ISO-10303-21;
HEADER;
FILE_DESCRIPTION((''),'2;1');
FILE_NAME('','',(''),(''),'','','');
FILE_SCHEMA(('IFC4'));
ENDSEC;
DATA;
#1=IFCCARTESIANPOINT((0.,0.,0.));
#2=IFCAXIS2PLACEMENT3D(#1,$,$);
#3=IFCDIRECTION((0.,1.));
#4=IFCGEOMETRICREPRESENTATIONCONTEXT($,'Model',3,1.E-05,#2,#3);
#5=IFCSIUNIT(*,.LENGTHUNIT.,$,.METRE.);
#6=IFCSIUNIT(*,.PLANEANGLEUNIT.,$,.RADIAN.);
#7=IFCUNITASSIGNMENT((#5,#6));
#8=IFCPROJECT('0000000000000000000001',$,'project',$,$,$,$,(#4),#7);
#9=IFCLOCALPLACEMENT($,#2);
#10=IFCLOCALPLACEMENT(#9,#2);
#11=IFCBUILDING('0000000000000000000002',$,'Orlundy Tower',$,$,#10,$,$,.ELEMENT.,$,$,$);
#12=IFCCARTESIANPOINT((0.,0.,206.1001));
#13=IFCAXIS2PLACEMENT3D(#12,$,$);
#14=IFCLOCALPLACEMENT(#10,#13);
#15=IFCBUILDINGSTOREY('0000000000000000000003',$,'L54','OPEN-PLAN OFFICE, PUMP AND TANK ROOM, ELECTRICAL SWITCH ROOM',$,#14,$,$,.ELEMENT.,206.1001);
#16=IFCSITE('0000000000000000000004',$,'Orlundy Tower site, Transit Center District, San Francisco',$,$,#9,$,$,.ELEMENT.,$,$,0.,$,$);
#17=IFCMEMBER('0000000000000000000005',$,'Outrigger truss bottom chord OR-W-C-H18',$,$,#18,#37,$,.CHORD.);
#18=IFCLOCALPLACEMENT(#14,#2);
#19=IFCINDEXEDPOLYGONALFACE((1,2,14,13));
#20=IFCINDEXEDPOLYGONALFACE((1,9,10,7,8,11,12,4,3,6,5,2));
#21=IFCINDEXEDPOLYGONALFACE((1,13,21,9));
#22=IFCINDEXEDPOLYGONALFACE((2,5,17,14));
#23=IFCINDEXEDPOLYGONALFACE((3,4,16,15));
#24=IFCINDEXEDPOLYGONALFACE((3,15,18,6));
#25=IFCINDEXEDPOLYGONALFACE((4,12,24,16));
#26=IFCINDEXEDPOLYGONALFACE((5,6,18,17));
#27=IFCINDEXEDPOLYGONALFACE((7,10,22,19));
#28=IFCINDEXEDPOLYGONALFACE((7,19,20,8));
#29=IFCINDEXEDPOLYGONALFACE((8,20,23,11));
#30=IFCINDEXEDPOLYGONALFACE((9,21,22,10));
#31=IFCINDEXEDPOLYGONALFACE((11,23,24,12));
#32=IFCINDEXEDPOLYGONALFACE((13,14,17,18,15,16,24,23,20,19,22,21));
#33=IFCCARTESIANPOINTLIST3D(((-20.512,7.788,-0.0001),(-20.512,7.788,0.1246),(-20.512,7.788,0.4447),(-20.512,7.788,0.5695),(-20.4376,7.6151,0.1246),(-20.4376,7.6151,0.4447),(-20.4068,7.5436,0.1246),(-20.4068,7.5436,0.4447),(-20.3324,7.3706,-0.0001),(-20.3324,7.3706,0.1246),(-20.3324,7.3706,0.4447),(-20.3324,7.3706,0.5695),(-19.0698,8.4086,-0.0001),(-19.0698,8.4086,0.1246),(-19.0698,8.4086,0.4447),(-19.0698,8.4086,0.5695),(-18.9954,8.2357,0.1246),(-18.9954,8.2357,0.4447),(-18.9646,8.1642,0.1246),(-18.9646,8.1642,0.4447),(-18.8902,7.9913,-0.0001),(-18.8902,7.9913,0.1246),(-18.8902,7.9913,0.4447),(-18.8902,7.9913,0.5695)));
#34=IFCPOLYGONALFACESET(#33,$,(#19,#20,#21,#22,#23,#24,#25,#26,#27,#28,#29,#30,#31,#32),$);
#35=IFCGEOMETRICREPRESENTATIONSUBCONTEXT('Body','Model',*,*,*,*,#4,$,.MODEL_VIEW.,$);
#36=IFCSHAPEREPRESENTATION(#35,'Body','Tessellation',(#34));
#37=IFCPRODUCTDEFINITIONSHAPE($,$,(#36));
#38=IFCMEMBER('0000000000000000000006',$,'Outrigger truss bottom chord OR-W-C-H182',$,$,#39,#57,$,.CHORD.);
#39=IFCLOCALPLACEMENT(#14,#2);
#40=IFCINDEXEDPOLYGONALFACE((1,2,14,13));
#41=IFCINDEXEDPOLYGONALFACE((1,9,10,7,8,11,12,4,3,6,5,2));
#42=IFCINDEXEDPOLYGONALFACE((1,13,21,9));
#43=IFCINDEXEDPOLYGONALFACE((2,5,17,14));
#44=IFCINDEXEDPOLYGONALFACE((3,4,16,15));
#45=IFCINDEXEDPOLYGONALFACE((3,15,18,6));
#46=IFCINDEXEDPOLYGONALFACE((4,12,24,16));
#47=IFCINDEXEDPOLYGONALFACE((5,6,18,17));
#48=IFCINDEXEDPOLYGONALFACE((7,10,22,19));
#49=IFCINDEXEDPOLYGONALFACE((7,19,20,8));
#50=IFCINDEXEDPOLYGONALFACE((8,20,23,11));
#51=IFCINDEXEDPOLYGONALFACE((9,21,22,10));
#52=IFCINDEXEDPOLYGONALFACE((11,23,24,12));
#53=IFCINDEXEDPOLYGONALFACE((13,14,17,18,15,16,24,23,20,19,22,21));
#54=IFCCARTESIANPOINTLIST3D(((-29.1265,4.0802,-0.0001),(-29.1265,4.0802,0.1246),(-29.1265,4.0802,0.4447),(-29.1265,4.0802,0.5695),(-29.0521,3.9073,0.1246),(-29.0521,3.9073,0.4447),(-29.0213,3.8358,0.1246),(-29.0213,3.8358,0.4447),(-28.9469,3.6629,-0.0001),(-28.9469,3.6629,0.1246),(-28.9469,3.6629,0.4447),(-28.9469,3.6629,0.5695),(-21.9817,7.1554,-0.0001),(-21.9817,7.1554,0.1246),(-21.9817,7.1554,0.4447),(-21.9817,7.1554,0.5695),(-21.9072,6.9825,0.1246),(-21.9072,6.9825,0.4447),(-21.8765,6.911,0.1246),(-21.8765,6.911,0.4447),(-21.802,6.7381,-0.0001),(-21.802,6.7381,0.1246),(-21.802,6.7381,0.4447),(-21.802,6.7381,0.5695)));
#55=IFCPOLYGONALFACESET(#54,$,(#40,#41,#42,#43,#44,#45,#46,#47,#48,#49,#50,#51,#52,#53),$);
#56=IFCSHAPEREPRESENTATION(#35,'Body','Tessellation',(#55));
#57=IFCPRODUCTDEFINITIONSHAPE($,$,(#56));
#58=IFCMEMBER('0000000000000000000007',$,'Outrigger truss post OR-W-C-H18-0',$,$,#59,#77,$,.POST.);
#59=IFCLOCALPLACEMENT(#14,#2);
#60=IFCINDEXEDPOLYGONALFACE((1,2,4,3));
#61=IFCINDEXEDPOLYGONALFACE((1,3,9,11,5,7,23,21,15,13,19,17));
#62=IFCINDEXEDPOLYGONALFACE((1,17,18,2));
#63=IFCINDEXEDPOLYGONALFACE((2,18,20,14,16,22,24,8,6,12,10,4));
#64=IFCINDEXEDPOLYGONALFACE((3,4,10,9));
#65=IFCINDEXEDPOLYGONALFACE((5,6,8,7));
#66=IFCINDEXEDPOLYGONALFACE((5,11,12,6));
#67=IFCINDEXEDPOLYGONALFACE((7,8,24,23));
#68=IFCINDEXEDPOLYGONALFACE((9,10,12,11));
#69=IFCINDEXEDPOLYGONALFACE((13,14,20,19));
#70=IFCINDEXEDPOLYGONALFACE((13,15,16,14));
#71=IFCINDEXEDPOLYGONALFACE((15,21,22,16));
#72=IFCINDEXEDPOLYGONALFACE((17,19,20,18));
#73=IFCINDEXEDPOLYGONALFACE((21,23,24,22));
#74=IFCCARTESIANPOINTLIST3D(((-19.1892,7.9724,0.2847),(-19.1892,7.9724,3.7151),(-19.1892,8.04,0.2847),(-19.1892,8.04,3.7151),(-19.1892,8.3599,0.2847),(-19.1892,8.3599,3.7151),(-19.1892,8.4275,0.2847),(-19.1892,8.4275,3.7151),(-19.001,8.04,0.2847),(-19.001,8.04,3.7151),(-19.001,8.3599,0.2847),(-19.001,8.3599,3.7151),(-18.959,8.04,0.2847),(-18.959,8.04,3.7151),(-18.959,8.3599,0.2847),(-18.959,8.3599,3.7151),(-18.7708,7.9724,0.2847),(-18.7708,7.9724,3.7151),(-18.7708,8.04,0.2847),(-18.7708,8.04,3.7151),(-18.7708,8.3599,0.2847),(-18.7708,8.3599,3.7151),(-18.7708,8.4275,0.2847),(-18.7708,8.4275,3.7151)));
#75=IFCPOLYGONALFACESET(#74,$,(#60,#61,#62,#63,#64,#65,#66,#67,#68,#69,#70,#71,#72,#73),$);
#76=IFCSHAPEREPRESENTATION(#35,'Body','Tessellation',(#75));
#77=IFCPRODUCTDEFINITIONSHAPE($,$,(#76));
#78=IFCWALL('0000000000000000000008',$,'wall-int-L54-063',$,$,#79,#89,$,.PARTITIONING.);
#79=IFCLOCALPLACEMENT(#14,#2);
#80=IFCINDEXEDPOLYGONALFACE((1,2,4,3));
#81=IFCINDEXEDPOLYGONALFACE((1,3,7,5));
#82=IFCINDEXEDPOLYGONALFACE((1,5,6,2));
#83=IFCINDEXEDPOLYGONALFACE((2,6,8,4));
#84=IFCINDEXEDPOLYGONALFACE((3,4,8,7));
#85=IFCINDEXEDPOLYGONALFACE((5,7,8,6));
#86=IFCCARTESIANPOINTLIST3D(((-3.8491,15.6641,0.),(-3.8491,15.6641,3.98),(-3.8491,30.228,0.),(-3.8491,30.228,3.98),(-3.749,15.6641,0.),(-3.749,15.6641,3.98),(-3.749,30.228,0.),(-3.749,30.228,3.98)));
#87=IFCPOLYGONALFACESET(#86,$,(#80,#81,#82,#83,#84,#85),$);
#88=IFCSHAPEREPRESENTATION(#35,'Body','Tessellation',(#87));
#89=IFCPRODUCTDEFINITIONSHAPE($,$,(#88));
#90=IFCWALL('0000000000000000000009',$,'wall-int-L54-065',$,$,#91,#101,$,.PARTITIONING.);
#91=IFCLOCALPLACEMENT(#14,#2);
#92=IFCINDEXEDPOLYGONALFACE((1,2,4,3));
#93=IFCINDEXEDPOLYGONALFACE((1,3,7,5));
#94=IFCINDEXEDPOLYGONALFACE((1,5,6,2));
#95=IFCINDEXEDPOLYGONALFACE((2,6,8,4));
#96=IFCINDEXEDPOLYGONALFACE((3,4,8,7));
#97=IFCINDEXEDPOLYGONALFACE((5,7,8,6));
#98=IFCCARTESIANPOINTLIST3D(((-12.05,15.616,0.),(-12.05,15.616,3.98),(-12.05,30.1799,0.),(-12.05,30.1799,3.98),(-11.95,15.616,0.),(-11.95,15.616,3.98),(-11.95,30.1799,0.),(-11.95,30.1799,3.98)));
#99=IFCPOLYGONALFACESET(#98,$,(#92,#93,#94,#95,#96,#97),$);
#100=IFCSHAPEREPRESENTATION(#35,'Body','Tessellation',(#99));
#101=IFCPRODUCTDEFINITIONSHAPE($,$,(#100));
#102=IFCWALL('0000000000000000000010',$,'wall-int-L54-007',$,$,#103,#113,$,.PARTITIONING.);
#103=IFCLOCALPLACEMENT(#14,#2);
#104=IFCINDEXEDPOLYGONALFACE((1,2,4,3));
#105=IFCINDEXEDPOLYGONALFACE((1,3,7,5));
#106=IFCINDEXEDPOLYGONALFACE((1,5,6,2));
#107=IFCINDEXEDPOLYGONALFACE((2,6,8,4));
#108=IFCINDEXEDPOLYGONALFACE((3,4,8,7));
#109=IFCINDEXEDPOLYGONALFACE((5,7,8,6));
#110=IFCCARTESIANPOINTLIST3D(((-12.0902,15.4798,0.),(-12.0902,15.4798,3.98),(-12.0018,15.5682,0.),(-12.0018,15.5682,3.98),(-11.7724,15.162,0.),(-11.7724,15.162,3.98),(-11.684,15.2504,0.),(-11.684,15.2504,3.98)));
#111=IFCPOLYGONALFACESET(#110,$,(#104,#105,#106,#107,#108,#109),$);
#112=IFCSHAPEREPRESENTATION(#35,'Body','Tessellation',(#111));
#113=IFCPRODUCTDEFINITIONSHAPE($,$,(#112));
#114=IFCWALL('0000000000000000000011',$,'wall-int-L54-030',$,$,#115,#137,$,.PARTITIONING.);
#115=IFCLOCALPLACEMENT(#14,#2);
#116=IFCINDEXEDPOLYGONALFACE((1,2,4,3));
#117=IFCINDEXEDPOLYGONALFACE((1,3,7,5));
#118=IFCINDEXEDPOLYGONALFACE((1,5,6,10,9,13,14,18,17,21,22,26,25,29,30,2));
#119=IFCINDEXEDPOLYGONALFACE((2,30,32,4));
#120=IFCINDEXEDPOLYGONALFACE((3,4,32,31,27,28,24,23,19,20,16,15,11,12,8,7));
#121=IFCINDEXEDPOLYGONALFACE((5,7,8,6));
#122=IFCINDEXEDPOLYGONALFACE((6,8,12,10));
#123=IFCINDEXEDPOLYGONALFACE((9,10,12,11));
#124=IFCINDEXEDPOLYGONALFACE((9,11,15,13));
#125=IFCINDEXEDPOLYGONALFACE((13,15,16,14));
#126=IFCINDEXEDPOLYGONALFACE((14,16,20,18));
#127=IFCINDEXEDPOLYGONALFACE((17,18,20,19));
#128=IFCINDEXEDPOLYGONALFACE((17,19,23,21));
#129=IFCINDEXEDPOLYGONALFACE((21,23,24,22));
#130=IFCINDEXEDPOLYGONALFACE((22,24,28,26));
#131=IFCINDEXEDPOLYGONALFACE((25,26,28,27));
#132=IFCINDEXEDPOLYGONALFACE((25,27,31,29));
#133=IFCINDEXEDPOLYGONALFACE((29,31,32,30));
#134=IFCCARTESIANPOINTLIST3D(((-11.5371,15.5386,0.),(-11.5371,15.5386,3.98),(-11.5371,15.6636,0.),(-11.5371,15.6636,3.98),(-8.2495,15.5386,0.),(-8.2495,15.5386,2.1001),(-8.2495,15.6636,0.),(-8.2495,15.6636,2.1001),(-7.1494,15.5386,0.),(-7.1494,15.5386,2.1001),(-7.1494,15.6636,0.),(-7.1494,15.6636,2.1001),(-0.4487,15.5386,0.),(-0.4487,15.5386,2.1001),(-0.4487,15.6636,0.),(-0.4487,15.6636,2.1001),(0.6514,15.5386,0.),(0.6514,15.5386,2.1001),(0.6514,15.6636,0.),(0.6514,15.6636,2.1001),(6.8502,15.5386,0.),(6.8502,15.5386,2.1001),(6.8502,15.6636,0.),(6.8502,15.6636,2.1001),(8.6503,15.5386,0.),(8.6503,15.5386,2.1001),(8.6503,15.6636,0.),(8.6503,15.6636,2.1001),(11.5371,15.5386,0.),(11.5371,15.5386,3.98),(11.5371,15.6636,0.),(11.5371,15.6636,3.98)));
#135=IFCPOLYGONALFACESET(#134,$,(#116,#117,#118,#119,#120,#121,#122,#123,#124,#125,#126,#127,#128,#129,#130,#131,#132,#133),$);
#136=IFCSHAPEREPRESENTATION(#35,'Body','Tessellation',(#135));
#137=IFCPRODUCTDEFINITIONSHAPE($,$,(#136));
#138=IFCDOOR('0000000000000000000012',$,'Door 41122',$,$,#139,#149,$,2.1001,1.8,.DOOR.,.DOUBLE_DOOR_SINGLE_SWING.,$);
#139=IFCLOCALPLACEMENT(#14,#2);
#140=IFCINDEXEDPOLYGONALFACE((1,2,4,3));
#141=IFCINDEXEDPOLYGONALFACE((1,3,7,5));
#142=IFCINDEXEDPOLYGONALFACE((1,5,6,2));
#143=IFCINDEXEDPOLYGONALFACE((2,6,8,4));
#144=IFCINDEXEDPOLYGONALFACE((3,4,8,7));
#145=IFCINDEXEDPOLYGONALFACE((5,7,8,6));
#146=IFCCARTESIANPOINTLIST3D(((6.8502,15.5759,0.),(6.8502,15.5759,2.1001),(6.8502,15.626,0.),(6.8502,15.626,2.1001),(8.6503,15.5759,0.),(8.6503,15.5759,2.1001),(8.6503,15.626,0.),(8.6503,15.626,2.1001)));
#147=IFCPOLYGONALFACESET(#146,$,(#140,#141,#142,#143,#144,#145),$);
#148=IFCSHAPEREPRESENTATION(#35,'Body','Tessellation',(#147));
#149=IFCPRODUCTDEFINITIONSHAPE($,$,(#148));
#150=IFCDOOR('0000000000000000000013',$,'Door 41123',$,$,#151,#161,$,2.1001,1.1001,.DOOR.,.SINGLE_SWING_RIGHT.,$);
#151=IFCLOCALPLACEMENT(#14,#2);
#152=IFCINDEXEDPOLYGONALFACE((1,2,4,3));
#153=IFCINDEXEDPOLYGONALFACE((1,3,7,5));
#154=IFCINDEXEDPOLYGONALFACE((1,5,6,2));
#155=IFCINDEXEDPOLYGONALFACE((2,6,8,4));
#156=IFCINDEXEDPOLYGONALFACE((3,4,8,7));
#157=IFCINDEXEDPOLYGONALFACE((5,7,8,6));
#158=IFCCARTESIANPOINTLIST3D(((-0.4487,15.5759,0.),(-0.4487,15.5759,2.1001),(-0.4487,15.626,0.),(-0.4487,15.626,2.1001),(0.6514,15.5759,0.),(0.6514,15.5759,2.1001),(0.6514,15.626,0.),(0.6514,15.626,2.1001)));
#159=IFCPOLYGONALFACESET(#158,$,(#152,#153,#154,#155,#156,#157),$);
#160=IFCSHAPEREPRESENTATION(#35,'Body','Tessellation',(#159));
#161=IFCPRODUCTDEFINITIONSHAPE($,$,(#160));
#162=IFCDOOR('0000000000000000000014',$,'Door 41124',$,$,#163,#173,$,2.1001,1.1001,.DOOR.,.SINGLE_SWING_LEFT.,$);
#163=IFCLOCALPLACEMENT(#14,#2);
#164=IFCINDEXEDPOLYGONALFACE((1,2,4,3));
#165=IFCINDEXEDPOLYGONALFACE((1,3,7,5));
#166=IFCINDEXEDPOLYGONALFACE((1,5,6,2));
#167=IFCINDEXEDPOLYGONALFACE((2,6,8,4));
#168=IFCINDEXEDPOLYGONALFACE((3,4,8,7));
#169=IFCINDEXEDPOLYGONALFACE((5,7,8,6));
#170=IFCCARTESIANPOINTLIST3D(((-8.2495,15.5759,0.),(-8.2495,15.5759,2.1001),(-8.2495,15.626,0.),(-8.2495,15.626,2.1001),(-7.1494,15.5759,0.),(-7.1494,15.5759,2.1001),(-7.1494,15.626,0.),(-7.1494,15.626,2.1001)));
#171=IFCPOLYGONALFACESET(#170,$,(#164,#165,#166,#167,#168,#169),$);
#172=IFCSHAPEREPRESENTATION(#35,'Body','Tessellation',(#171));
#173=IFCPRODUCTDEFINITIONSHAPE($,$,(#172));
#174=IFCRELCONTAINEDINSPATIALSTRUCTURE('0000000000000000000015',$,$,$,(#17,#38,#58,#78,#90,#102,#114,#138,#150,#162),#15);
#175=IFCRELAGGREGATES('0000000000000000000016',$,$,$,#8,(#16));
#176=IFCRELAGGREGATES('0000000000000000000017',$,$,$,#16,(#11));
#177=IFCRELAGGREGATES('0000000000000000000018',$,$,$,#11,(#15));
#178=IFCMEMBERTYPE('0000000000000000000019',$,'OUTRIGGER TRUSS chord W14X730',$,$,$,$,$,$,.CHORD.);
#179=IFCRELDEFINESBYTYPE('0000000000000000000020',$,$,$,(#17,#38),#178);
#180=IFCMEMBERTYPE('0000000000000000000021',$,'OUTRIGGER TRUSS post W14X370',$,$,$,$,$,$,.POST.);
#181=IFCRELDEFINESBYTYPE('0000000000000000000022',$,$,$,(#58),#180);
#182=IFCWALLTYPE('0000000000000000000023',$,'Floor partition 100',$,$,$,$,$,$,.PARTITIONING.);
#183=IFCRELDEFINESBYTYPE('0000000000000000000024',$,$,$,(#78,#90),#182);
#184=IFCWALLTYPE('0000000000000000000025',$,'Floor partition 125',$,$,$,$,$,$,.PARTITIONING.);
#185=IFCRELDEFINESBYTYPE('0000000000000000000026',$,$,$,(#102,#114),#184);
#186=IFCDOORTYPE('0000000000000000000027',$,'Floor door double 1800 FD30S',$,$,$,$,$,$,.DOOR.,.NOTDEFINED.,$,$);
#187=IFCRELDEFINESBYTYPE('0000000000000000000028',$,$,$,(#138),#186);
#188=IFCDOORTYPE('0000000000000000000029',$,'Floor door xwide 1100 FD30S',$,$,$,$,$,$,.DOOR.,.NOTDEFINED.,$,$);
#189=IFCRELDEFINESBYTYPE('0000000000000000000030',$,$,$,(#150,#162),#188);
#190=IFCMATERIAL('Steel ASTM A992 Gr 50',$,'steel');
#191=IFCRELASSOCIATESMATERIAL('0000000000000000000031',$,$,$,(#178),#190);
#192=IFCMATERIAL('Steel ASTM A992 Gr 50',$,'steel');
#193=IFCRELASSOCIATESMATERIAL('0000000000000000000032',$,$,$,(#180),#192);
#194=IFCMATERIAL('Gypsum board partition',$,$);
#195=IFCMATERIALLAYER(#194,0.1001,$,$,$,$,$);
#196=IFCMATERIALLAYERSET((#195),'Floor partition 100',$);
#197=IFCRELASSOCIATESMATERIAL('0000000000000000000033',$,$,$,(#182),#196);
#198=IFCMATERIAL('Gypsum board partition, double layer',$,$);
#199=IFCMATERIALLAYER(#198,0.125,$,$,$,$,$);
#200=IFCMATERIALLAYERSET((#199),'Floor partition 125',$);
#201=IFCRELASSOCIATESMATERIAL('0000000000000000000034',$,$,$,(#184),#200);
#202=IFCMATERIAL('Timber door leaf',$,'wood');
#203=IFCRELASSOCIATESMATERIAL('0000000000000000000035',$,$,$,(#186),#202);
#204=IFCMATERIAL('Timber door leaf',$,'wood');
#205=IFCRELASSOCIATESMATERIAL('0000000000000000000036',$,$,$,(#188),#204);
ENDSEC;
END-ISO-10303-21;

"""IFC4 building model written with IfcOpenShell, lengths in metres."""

from ifc_helpers import new_model, si_unit, direction, frame, frame_2d, origin, origin_2d, place, context, subcontext, project, spatial, rectangle, i_section, extrude, material, layer, layer_set, material_profile, profile_set, type_object, element, fill, save


model = new_model("IFC4")

# Units and contexts
model_context = context("Model", 3, precision=1e-05, world=origin(), true_north=direction((0.0, 1.0)))
body_context = subcontext(model_context, "Body", "Model", "MODEL_VIEW")
ifc_project = project(units=[si_unit("LENGTHUNIT", "METRE"), si_unit("PLANEANGLEUNIT", "RADIAN")], contexts=[model_context])

# Site, building, storey
site_placement = place(None, origin())
site = spatial("IfcSite", under=ifc_project, at=site_placement, Name="Orlundy Tower site, Transit Center District, San Francisco", CompositionType="ELEMENT", RefElevation=0.0)
building_placement = place(site_placement, origin())
building = spatial("IfcBuilding", under=site, at=building_placement, Name="Orlundy Tower", CompositionType="ELEMENT")
storey_placement = place(building_placement, frame((0.0, 0.0, 206.1001)))
storey = spatial("IfcBuildingStorey", under=building, at=storey_placement, Name="L54", Description="OPEN-PLAN OFFICE, PUMP AND TANK ROOM, ELECTRICAL SWITCH ROOM", CompositionType="ELEMENT", Elevation=206.1001)

# Members
ifc_material_1 = material(Name="Steel ASTM A992 Gr 50", Category="steel")
ifc_material_profile_1 = material_profile(ifc_material_1, i_section(OverallWidth=0.4543, OverallDepth=0.5696, WebThickness=0.0779, FlangeThickness=0.1248, at=origin_2d()), Name="W14X730")
ifc_profile_set_1 = profile_set([ifc_material_profile_1], Name="Steel ASTM A992 Gr 50")
member_type_1 = type_object("IfcMemberType", Name="OUTRIGGER TRUSS chord W14X730", PredefinedType="CHORD", material=ifc_profile_set_1)
member_1_placement = place(storey_placement, frame((-18.98, 8.2, 0.2847), z_axis=(-0.918557, -0.395289, 0.0), x_axis=(0.395289, -0.918557, 0.0)))
element("IfcMember", 1, at=member_1_placement, inside=storey, type_object=member_type_1, Name="Outrigger truss bottom chord OR-W-C-H18", PredefinedType="CHORD", context=body_context, shape_type="SweptSolid", body=[
    extrude(i_section(OverallWidth=0.4543, OverallDepth=0.5696, WebThickness=0.0779, FlangeThickness=0.1248, at=origin_2d()), origin(), (0.0, 0.0, 1.0), 1.5701),
])
member_2_placement = place(storey_placement, frame((-21.8918, 6.9468, 0.2847), z_axis=(-0.918532, -0.395347, 0.0), x_axis=(0.395347, -0.918532, 0.0)))
element("IfcMember", 2, at=member_2_placement, inside=storey, type_object=member_type_1, Name="Outrigger truss bottom chord OR-W-C-H182", PredefinedType="CHORD", context=body_context, shape_type="SweptSolid", body=[
    extrude(i_section(OverallWidth=0.4543, OverallDepth=0.5696, WebThickness=0.0779, FlangeThickness=0.1248, at=origin_2d()), origin(), (0.0, 0.0, 1.0), 7.7786),
])
ifc_material_2 = material(Name="Steel ASTM A992 Gr 50", Category="steel")
ifc_material_profile_2 = material_profile(ifc_material_2, i_section(OverallWidth=0.4185, OverallDepth=0.4551, WebThickness=0.042, FlangeThickness=0.0676, at=origin_2d()), Name="W14X370")
ifc_profile_set_2 = profile_set([ifc_material_profile_2], Name="Steel ASTM A992 Gr 50")
member_type_2 = type_object("IfcMemberType", Name="OUTRIGGER TRUSS post W14X370", PredefinedType="POST", material=ifc_profile_set_2)
member_3_placement = place(storey_placement, frame((-18.98, 8.2, 0.2847), z_axis=(0.0, 0.0, 1.0), x_axis=(1.0, 0.0, 0.0)))
element("IfcMember", 3, at=member_3_placement, inside=storey, type_object=member_type_2, Name="Outrigger truss post OR-W-C-H18-0", PredefinedType="POST", context=body_context, shape_type="SweptSolid", body=[
    extrude(i_section(OverallWidth=0.4185, OverallDepth=0.4551, WebThickness=0.042, FlangeThickness=0.0676, at=origin_2d()), origin(), (0.0, 0.0, 1.0), 3.4304),
])

# Walls
ifc_material_3 = material(Name="Gypsum board partition")
ifc_layer_1 = layer(ifc_material_3, 0.1001)
ifc_layer_set_1 = layer_set([ifc_layer_1], Name="Floor partition 100")
wall_type_1 = type_object("IfcWallType", Name="Floor partition 100", PredefinedType="PARTITIONING", material=ifc_layer_set_1)
for number, where, z_axis, x_axis, name in (
    (4, (-3.7991, 15.6641, 0.0), (0.0, 0.0, 1.0), (0.0, 1.0, 0.0), "wall-int-L54-063"),
    (5, (-12.0, 15.616, 0.0), (0.0, 0.0, 1.0), (0.0, 1.0, 0.0), "wall-int-L54-065"),
):
    element("IfcWall", number, at=place(storey_placement, frame(where, z_axis=z_axis, x_axis=x_axis)), inside=storey, type_object=wall_type_1, Name=name, PredefinedType="PARTITIONING", context=body_context, shape_type="SweptSolid", body=[
        extrude(rectangle(XDim=14.564, YDim=0.1001, at=frame_2d((7.282, 0.0))), origin(), (0.0, 0.0, 1.0), 3.98),
    ])
ifc_material_4 = material(Name="Gypsum board partition, double layer")
ifc_layer_2 = layer(ifc_material_4, 0.125)
ifc_layer_set_2 = layer_set([ifc_layer_2], Name="Floor partition 125")
wall_type_2 = type_object("IfcWallType", Name="Floor partition 125", PredefinedType="PARTITIONING", material=ifc_layer_set_2)
wall_1_placement = place(storey_placement, frame((-12.0459, 15.5239, 0.0), z_axis=(0.0, 0.0, 1.0), x_axis=(0.707107, -0.707107, 0.0)))
element("IfcWall", 6, at=wall_1_placement, inside=storey, type_object=wall_type_2, Name="wall-int-L54-007", PredefinedType="PARTITIONING", context=body_context, shape_type="SweptSolid", body=[
    extrude(rectangle(XDim=0.4495, YDim=0.125, at=frame_2d((0.2246, 0.0))), origin(), (0.0, 0.0, 1.0), 3.98),
])

# Wall, openings, doors
wall_2_placement = place(storey_placement, frame((-11.5371, 15.6011, 0.0), z_axis=(0.0, 0.0, 1.0), x_axis=(1.0, 0.0, 0.0)))
wall_2 = element("IfcWall", 7, at=wall_2_placement, inside=storey, type_object=wall_type_2, Name="wall-int-L54-030", PredefinedType="PARTITIONING", context=body_context, shape_type="SweptSolid", body=[
    extrude(rectangle(XDim=23.0742, YDim=0.125, at=frame_2d((11.5371, 0.0))), origin(), (0.0, 0.0, 1.0), 3.98),
])
opening_1_placement = place(wall_2_placement, frame((18.3875, 0.0, 0.0)))
opening_1 = element("IfcOpeningElement", 8, at=opening_1_placement, cuts=wall_2, PredefinedType="OPENING", context=body_context, shape_type="SweptSolid", body=[
    extrude(rectangle(XDim=1.8, YDim=2.1001, at=frame_2d((0.8999, 1.05))), frame((0.0, 0.0725, 0.0), z_axis=(0.0, -1.0, 0.0), x_axis=(1.0, 0.0, 0.0)), (0.0, 0.0, 1.0), 0.145),
])
opening_2_placement = place(wall_2_placement, frame((11.0884, 0.0, 0.0)))
opening_2 = element("IfcOpeningElement", 9, at=opening_2_placement, cuts=wall_2, PredefinedType="OPENING", context=body_context, shape_type="SweptSolid", body=[
    extrude(rectangle(XDim=1.1001, YDim=2.1001, at=frame_2d((0.55, 1.05))), frame((0.0, 0.0725, 0.0), z_axis=(0.0, -1.0, 0.0), x_axis=(1.0, 0.0, 0.0)), (0.0, 0.0, 1.0), 0.145),
])
opening_3_placement = place(wall_2_placement, frame((3.2876, 0.0, 0.0)))
opening_3 = element("IfcOpeningElement", 10, at=opening_3_placement, cuts=wall_2, PredefinedType="OPENING", context=body_context, shape_type="SweptSolid", body=[
    extrude(rectangle(XDim=1.1001, YDim=2.1001, at=frame_2d((0.55, 1.05))), frame((0.0, 0.0725, 0.0), z_axis=(0.0, -1.0, 0.0), x_axis=(1.0, 0.0, 0.0)), (0.0, 0.0, 1.0), 0.145),
])
ifc_material_5 = material(Name="Timber door leaf", Category="wood")
door_type_1 = type_object("IfcDoorType", Name="Floor door double 1800 FD30S", OperationType="NOTDEFINED", PredefinedType="DOOR", material=ifc_material_5)
door_1_placement = place(opening_1_placement, origin())
door_1 = element("IfcDoor", 11, at=door_1_placement, inside=storey, type_object=door_type_1, Name="Door 41122", OperationType="DOUBLE_DOOR_SINGLE_SWING", OverallHeight=2.1001, OverallWidth=1.8, PredefinedType="DOOR", context=body_context, shape_type="SweptSolid", body=[
    extrude(rectangle(XDim=1.8, YDim=2.1001, at=frame_2d((0.8999, 1.05))), frame((0.0, 0.0249, 0.0), z_axis=(0.0, -1.0, 0.0), x_axis=(1.0, 0.0, 0.0)), (0.0, 0.0, 1.0), 0.05),
])
fill(opening_1, door_1)
ifc_material_6 = material(Name="Timber door leaf", Category="wood")
door_type_2 = type_object("IfcDoorType", Name="Floor door xwide 1100 FD30S", OperationType="NOTDEFINED", PredefinedType="DOOR", material=ifc_material_6)
door_2_placement = place(opening_2_placement, origin())
door_2 = element("IfcDoor", 12, at=door_2_placement, inside=storey, type_object=door_type_2, Name="Door 41123", OperationType="SINGLE_SWING_RIGHT", OverallHeight=2.1001, OverallWidth=1.1001, PredefinedType="DOOR", context=body_context, shape_type="SweptSolid", body=[
    extrude(rectangle(XDim=1.1001, YDim=2.1001, at=frame_2d((0.55, 1.05))), frame((0.0, 0.0249, 0.0), z_axis=(0.0, -1.0, 0.0), x_axis=(1.0, 0.0, 0.0)), (0.0, 0.0, 1.0), 0.05),
])
fill(opening_2, door_2)
door_3_placement = place(opening_3_placement, origin())
door_3 = element("IfcDoor", 13, at=door_3_placement, inside=storey, type_object=door_type_2, Name="Door 41124", OperationType="SINGLE_SWING_LEFT", OverallHeight=2.1001, OverallWidth=1.1001, PredefinedType="DOOR", context=body_context, shape_type="SweptSolid", body=[
    extrude(rectangle(XDim=1.1001, YDim=2.1001, at=frame_2d((0.55, 1.05))), frame((0.0, 0.0249, 0.0), z_axis=(0.0, -1.0, 0.0), x_axis=(1.0, 0.0, 0.0)), (0.0, 0.0, 1.0), 0.05),
])
fill(opening_3, door_3)

save(model, "model.ifc")
